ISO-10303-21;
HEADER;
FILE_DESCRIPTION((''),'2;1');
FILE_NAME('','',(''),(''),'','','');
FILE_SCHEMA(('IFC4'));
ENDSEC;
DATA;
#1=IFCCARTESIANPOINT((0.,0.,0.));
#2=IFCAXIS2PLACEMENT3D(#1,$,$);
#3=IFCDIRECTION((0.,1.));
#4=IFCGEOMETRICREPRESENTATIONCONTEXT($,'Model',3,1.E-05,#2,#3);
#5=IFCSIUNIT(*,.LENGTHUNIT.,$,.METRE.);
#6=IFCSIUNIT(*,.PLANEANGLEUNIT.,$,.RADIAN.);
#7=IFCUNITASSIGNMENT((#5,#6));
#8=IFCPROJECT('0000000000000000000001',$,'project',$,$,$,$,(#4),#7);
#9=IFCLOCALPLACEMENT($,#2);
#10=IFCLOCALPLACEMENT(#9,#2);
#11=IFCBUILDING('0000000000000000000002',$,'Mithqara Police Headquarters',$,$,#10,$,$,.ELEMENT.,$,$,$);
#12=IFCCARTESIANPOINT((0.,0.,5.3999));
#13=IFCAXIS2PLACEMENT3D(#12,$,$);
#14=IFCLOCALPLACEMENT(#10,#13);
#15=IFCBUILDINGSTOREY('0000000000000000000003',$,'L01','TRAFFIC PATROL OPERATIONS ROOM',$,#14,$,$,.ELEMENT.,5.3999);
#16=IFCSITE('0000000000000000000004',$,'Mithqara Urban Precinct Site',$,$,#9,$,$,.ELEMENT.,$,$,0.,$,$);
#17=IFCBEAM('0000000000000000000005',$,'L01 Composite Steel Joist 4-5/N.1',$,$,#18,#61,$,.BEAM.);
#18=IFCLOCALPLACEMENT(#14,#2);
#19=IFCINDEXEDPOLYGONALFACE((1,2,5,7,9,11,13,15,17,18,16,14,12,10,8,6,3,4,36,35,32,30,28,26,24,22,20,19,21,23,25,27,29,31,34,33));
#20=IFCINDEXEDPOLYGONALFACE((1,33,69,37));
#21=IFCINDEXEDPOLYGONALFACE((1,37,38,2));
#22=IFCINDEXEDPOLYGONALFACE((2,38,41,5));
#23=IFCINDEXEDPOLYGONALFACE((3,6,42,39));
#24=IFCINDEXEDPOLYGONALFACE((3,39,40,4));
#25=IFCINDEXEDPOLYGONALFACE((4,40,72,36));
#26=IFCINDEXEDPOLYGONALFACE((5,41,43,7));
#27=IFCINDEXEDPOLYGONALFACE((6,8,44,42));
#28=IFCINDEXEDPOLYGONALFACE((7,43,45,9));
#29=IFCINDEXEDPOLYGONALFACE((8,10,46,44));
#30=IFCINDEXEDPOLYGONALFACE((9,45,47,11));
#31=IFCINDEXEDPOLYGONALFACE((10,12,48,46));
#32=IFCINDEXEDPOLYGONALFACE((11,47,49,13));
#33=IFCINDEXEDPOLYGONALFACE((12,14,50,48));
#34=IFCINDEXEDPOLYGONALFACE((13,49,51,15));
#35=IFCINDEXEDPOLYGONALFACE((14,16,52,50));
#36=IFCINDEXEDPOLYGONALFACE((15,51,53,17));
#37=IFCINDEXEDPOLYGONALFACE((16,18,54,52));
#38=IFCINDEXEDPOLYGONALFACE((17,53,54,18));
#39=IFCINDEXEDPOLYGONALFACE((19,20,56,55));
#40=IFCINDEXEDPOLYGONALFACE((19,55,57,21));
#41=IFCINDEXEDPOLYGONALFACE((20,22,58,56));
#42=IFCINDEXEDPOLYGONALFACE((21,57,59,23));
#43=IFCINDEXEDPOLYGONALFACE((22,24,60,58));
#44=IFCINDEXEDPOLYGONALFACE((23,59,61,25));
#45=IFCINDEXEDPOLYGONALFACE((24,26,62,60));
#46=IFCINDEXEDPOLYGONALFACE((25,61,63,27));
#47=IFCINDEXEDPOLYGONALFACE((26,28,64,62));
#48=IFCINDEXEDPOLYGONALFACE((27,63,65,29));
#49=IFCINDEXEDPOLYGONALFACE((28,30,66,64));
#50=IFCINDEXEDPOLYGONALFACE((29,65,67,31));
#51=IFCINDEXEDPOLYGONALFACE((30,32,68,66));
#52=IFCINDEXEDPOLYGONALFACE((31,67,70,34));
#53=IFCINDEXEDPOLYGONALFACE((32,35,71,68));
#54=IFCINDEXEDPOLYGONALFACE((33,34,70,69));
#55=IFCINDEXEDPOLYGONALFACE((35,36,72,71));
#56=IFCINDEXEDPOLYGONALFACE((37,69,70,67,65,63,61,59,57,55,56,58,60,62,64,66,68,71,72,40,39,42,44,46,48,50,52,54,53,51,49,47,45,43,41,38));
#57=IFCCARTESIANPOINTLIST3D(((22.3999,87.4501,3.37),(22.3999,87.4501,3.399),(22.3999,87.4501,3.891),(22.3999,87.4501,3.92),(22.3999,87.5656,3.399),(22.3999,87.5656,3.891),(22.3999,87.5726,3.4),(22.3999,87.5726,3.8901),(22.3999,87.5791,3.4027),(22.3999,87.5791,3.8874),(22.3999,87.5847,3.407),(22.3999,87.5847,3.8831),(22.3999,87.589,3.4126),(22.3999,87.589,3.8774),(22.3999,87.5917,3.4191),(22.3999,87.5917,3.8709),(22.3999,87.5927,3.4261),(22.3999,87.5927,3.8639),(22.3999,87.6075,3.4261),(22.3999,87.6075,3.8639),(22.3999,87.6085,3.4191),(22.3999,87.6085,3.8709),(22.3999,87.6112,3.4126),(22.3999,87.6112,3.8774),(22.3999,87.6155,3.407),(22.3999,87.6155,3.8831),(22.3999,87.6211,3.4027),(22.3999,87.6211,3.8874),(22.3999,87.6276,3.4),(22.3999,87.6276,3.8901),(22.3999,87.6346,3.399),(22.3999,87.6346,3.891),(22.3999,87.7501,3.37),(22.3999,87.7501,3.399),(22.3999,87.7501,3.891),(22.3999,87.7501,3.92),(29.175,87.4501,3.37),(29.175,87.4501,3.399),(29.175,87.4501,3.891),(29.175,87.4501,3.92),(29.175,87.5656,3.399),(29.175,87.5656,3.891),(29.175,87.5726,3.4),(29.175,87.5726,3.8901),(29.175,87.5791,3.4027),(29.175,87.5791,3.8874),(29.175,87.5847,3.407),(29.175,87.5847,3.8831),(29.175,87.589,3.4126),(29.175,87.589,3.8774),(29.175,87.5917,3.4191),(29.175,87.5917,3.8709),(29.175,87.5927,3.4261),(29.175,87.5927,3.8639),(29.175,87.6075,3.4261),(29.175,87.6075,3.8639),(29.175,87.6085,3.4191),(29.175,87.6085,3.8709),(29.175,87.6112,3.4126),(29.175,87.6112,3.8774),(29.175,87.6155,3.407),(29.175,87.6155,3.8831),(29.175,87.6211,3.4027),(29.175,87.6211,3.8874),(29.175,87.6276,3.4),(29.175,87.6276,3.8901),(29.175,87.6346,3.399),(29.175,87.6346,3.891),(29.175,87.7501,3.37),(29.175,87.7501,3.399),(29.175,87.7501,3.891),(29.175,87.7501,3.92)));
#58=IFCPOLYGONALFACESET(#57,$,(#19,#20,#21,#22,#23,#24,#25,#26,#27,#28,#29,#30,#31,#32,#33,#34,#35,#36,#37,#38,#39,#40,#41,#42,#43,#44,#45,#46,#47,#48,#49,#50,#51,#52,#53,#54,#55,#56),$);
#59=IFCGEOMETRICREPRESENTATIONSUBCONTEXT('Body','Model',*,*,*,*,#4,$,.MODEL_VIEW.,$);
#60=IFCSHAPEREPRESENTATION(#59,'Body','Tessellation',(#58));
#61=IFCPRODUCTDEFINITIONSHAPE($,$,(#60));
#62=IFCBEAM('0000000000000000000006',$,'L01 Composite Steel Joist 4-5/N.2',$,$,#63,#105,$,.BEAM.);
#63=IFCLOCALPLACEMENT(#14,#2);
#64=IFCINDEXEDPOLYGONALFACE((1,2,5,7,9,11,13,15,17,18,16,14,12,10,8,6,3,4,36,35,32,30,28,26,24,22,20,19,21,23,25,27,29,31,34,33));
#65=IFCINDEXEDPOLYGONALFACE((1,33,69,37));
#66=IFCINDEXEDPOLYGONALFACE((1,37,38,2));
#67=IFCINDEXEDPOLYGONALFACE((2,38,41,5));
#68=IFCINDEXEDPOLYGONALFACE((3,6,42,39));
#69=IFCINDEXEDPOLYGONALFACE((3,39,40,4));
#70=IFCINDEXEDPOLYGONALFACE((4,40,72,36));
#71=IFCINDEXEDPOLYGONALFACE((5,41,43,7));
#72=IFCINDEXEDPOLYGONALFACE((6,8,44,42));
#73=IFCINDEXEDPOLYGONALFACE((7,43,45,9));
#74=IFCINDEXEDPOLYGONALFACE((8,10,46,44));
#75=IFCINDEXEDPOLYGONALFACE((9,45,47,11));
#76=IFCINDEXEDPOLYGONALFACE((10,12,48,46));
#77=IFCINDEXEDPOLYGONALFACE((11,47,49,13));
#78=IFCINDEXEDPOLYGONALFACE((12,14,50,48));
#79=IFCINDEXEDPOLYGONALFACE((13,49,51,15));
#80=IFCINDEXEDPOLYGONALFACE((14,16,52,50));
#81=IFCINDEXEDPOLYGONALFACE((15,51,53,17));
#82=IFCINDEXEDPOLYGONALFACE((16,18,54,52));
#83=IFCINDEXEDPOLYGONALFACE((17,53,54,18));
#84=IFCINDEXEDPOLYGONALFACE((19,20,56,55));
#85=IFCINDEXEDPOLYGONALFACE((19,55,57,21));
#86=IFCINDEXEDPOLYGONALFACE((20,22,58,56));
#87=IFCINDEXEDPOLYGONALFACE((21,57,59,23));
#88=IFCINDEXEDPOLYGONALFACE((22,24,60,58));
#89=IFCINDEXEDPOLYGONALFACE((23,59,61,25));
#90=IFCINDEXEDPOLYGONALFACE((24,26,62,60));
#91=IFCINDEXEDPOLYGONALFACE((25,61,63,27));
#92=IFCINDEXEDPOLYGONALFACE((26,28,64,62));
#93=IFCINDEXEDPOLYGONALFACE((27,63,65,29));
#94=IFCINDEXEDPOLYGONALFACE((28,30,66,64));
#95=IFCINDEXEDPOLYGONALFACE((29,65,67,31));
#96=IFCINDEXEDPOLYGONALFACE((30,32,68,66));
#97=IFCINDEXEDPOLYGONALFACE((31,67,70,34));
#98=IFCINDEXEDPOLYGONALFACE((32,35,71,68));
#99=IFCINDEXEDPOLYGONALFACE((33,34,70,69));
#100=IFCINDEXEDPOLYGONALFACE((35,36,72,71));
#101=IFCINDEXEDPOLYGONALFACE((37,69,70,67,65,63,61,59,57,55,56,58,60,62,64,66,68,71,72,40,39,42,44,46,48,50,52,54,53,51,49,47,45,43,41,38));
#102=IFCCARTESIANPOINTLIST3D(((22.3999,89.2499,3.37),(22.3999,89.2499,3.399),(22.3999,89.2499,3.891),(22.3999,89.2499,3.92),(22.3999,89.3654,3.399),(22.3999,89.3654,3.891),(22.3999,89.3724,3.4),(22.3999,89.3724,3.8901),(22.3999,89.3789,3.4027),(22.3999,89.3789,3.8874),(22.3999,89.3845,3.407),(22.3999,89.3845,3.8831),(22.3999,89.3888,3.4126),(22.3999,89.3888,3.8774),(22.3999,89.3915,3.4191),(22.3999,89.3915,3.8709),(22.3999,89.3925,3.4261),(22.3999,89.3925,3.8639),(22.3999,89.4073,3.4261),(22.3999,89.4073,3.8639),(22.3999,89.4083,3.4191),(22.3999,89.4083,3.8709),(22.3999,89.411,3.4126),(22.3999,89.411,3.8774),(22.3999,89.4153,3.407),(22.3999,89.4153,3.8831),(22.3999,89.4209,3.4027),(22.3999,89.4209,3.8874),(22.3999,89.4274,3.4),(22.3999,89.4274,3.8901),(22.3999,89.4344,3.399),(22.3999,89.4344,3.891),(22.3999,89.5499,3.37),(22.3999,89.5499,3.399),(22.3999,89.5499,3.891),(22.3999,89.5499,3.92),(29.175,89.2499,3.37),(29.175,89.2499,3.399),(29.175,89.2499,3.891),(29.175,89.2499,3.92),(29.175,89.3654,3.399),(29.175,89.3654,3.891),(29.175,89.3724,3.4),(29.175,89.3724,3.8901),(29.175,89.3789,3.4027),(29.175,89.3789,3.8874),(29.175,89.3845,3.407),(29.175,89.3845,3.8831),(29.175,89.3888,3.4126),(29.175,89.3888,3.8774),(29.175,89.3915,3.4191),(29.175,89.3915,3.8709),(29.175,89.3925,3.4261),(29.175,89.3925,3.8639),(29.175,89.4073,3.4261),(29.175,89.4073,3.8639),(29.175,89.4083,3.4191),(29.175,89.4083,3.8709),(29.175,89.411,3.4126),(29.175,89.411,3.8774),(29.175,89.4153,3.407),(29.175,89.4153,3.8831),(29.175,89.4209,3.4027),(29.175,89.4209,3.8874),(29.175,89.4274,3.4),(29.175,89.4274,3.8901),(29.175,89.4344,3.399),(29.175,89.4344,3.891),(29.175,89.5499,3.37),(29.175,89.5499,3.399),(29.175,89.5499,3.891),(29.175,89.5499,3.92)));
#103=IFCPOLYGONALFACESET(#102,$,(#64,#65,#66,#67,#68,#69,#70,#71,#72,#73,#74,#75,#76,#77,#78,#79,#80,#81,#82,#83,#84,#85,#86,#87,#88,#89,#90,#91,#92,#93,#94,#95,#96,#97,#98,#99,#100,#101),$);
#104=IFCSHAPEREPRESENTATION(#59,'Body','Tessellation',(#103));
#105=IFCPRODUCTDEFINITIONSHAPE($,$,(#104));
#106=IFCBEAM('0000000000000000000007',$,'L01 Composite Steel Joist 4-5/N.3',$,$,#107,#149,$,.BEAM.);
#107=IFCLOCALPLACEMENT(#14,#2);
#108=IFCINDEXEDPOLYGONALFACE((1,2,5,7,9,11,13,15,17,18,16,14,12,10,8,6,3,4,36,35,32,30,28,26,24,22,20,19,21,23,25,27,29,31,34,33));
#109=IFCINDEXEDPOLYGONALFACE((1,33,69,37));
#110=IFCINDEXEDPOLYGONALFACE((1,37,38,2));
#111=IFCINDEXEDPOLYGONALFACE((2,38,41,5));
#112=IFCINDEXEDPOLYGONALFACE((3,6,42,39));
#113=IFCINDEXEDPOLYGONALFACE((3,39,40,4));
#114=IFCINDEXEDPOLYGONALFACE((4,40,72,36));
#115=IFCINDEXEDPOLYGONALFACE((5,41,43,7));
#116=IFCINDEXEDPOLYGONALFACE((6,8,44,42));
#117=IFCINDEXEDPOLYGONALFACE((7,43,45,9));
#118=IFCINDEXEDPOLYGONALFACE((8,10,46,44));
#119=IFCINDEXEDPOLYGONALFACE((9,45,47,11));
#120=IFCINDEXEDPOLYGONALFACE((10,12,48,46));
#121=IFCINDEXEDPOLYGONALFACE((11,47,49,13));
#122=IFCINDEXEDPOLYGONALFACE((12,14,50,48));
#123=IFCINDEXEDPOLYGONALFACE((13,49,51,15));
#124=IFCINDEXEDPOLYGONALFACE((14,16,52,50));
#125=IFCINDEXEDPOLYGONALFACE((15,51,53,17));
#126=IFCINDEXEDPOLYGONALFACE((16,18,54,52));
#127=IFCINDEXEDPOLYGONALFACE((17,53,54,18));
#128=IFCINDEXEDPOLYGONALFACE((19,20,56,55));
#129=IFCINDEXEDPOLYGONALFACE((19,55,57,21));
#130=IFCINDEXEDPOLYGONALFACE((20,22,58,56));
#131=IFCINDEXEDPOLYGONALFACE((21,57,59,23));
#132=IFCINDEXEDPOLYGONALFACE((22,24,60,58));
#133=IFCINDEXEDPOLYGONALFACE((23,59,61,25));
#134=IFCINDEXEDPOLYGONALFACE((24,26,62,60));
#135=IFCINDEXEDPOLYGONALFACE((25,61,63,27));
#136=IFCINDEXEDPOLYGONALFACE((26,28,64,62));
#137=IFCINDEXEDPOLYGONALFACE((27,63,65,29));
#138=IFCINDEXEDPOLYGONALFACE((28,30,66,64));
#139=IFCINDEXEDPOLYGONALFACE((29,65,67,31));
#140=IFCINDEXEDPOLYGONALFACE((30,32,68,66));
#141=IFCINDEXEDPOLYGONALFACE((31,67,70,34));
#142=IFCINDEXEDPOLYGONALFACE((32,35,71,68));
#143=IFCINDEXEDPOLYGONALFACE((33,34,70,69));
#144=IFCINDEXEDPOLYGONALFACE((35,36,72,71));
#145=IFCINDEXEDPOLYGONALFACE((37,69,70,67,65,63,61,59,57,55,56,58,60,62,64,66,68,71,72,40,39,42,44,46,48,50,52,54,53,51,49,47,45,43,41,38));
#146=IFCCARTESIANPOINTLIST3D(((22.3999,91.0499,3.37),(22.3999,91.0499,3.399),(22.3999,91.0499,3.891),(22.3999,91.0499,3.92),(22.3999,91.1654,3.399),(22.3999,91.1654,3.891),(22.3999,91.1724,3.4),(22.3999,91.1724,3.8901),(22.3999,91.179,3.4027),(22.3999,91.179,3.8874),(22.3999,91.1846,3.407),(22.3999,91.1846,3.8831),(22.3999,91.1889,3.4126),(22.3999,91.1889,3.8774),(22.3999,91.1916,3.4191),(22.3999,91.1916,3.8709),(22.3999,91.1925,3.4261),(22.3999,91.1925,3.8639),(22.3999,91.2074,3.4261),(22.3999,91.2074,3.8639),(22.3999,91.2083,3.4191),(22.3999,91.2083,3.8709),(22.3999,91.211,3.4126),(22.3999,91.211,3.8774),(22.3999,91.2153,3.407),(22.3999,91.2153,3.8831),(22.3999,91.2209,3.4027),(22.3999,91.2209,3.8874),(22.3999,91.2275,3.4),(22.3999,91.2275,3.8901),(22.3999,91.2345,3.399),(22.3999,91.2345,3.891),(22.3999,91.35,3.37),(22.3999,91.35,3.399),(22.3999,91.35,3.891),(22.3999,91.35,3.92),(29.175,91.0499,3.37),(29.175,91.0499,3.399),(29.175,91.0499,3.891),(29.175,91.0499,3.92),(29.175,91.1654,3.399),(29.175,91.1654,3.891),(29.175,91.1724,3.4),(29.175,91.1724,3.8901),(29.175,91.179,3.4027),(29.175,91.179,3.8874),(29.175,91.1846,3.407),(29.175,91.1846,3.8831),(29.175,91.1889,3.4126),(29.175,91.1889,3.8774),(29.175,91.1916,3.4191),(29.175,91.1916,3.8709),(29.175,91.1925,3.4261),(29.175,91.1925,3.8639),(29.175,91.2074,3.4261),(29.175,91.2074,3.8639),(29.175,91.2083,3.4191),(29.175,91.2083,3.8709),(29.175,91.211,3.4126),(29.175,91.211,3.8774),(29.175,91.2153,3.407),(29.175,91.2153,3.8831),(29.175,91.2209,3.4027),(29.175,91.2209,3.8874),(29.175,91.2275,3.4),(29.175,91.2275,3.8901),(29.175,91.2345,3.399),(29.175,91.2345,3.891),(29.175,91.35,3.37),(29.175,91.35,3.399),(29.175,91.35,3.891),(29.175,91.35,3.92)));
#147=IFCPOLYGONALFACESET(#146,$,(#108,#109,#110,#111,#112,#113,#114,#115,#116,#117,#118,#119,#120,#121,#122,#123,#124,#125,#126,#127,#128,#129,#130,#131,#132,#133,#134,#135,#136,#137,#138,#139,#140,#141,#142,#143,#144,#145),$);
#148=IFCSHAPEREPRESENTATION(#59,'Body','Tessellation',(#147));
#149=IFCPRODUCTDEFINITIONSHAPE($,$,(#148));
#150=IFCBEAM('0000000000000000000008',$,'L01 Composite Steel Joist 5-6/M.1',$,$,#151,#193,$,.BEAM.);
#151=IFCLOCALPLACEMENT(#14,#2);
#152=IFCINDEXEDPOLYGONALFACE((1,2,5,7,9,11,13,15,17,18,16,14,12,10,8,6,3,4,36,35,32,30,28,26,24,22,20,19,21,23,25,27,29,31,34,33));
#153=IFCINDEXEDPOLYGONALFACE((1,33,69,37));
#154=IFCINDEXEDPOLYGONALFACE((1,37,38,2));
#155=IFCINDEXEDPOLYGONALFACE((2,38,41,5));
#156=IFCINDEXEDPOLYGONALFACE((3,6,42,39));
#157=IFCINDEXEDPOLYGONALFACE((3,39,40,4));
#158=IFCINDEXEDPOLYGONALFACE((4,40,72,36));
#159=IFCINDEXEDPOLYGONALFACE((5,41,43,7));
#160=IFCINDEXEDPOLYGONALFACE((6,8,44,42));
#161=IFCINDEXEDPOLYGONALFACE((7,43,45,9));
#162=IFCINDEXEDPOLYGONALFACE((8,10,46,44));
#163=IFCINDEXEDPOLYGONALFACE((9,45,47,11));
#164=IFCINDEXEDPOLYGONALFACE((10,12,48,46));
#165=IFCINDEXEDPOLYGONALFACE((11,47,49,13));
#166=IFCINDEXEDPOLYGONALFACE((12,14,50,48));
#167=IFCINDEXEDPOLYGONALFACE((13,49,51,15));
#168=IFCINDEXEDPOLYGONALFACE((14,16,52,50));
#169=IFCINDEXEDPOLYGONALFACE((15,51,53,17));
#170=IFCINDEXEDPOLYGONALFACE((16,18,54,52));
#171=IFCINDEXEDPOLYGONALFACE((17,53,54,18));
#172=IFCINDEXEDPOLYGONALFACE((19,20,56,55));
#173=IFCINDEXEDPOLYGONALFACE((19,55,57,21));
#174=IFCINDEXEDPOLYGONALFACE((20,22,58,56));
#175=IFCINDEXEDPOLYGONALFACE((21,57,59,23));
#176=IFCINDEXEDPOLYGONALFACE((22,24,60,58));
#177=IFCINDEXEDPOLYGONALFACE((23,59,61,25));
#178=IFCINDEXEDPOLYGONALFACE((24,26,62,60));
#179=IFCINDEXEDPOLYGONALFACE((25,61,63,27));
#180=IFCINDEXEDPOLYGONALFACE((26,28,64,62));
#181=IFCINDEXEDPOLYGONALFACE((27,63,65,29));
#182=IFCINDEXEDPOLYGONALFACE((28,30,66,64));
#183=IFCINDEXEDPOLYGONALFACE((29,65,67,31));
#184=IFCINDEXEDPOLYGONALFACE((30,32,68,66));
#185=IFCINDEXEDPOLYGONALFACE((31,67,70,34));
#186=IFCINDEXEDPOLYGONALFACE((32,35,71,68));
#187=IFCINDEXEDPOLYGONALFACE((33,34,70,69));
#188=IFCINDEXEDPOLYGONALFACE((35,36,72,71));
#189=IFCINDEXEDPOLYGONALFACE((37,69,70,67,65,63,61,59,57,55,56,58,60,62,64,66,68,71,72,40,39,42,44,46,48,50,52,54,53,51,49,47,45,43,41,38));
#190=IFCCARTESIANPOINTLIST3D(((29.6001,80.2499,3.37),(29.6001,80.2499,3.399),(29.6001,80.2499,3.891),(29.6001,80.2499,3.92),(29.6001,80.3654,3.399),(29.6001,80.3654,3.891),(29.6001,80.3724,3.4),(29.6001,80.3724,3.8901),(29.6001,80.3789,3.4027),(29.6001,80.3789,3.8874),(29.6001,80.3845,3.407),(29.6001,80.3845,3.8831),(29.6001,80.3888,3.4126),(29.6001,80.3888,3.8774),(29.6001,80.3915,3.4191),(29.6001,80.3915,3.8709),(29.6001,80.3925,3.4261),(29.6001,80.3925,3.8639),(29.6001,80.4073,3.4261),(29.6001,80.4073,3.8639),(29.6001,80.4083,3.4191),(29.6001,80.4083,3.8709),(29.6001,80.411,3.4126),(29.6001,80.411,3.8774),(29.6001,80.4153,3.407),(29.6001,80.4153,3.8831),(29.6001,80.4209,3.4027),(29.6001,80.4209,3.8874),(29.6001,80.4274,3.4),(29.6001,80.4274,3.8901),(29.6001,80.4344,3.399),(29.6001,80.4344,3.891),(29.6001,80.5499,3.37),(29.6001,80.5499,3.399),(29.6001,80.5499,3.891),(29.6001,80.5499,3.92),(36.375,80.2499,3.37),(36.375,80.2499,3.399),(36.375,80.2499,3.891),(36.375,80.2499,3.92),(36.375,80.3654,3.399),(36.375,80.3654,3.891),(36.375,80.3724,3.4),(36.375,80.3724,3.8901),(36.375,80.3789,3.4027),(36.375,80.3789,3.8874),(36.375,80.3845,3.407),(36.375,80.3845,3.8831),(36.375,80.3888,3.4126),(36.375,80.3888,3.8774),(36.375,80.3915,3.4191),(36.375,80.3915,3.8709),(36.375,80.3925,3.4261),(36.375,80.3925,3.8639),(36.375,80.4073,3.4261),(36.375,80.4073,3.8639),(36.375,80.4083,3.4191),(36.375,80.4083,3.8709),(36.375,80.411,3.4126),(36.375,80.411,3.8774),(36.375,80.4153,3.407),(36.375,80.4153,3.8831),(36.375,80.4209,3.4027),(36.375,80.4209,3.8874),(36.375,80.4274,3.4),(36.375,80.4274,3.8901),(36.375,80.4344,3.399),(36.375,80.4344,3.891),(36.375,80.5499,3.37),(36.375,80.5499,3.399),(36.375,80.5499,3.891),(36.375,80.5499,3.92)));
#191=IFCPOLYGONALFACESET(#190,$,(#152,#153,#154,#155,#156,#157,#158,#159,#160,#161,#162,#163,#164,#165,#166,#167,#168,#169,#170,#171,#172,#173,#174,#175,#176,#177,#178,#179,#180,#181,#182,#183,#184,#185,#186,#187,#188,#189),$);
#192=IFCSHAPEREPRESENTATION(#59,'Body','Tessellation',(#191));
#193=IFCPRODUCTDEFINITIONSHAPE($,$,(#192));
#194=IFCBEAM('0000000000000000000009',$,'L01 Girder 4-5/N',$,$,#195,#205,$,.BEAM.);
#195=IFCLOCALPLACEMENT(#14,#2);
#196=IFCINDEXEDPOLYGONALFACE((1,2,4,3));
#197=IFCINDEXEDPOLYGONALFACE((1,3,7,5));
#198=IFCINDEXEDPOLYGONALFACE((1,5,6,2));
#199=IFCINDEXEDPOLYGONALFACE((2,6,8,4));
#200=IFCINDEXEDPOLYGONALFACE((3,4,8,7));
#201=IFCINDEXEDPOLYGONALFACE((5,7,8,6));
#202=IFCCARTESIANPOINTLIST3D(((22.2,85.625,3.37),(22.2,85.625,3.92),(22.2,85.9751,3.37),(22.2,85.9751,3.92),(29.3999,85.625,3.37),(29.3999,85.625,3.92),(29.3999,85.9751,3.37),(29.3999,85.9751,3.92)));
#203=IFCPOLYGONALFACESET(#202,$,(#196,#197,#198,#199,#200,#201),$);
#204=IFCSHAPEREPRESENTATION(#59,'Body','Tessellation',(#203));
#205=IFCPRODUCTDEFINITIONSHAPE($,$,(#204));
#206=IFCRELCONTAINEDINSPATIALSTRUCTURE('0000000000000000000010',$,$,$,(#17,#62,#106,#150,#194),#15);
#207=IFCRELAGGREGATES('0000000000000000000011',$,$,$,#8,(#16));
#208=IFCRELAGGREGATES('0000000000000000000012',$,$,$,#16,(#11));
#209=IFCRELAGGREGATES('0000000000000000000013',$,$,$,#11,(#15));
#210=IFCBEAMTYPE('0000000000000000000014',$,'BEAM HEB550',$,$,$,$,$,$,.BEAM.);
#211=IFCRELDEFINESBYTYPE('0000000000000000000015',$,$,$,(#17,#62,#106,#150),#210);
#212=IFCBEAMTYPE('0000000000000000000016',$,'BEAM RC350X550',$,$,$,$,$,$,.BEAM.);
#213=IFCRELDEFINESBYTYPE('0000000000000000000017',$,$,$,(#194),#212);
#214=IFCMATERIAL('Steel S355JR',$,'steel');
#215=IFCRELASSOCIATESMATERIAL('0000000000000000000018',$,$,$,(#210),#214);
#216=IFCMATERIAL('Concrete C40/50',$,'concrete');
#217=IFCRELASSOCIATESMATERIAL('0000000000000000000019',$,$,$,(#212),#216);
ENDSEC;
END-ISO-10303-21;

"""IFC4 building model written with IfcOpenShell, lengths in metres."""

from ifc_helpers import new_model, si_unit, direction, frame, origin, origin_2d, place, context, subcontext, project, spatial, rectangle, i_section, extrude, material, material_profile, profile_set, type_object, element, save


model = new_model("IFC4")

# Units and contexts
model_context = context("Model", 3, precision=1e-05, world=origin(), true_north=direction((0.0, 1.0)))
body_context = subcontext(model_context, "Body", "Model", "MODEL_VIEW")
ifc_project = project(units=[si_unit("LENGTHUNIT", "METRE"), si_unit("PLANEANGLEUNIT", "RADIAN")], contexts=[model_context])

# Site, building, storey
site_placement = place(None, origin())
site = spatial("IfcSite", under=ifc_project, at=site_placement, Name="Mithqara Urban Precinct Site", CompositionType="ELEMENT", RefElevation=0.0)
building_placement = place(site_placement, origin())
building = spatial("IfcBuilding", under=site, at=building_placement, Name="Mithqara Police Headquarters", CompositionType="ELEMENT")
storey_placement = place(building_placement, frame((0.0, 0.0, 5.3999)))
storey = spatial("IfcBuildingStorey", under=building, at=storey_placement, Name="L01", Description="TRAFFIC PATROL OPERATIONS ROOM", CompositionType="ELEMENT", Elevation=5.3999)

# Beams
ifc_material_1 = material(Name="Steel S355JR", Category="steel")
ifc_material_profile_1 = material_profile(ifc_material_1, i_section(OverallWidth=0.3, OverallDepth=0.55, WebThickness=0.0149, FlangeThickness=0.0291, FilletRadius=0.0271, at=origin_2d()), Name="HEB 550")
ifc_profile_set_1 = profile_set([ifc_material_profile_1], Name="Steel S355JR")
beam_type_1 = type_object("IfcBeamType", Name="BEAM HEB550", PredefinedType="BEAM", material=ifc_profile_set_1)
for number, where, z_axis, x_axis, name in (
    (1, (22.3999, 87.6001, 3.645), (1.0, 0.0, 0.0), (0.0, 1.0, 0.0), "L01 Composite Steel Joist 4-5/N.1"),
    (2, (22.3999, 89.3999, 3.645), (1.0, 0.0, 0.0), (0.0, 1.0, 0.0), "L01 Composite Steel Joist 4-5/N.2"),
    (3, (22.3999, 91.2, 3.645), (1.0, 0.0, 0.0), (0.0, 1.0, 0.0), "L01 Composite Steel Joist 4-5/N.3"),
):
    element("IfcBeam", number, at=place(storey_placement, frame(where, z_axis=z_axis, x_axis=x_axis)), inside=storey, type_object=beam_type_1, Name=name, PredefinedType="BEAM", context=body_context, shape_type="SweptSolid", body=[
        extrude(i_section(OverallWidth=0.3, OverallDepth=0.55, WebThickness=0.0149, FlangeThickness=0.0291, FilletRadius=0.0271, at=origin_2d()), origin(), (0.0, 0.0, 1.0), 6.7751),
    ])
beam_1_placement = place(storey_placement, frame((29.6001, 80.3999, 3.645), z_axis=(1.0, 0.0, 0.0), x_axis=(0.0, 1.0, 0.0)))
element("IfcBeam", 4, at=beam_1_placement, inside=storey, type_object=beam_type_1, Name="L01 Composite Steel Joist 5-6/M.1", PredefinedType="BEAM", context=body_context, shape_type="SweptSolid", body=[
    extrude(i_section(OverallWidth=0.3, OverallDepth=0.55, WebThickness=0.0149, FlangeThickness=0.0291, FilletRadius=0.0271, at=origin_2d()), origin(), (0.0, 0.0, 1.0), 6.7749),
])
ifc_material_2 = material(Name="Concrete C40/50", Category="concrete")
ifc_material_profile_2 = material_profile(ifc_material_2, rectangle(XDim=0.3501, YDim=0.55, at=origin_2d()), Name="RC 350x550")
ifc_profile_set_2 = profile_set([ifc_material_profile_2], Name="Concrete C40/50")
beam_type_2 = type_object("IfcBeamType", Name="BEAM RC350X550", PredefinedType="BEAM", material=ifc_profile_set_2)
beam_2_placement = place(storey_placement, frame((22.2, 85.8, 3.645), z_axis=(1.0, 0.0, 0.0), x_axis=(0.0, 1.0, 0.0)))
element("IfcBeam", 5, at=beam_2_placement, inside=storey, type_object=beam_type_2, Name="L01 Girder 4-5/N", PredefinedType="BEAM", context=body_context, shape_type="SweptSolid", body=[
    extrude(rectangle(XDim=0.3501, YDim=0.55, at=origin_2d()), origin(), (0.0, 0.0, 1.0), 7.2),
])

save(model, "model.ifc")
